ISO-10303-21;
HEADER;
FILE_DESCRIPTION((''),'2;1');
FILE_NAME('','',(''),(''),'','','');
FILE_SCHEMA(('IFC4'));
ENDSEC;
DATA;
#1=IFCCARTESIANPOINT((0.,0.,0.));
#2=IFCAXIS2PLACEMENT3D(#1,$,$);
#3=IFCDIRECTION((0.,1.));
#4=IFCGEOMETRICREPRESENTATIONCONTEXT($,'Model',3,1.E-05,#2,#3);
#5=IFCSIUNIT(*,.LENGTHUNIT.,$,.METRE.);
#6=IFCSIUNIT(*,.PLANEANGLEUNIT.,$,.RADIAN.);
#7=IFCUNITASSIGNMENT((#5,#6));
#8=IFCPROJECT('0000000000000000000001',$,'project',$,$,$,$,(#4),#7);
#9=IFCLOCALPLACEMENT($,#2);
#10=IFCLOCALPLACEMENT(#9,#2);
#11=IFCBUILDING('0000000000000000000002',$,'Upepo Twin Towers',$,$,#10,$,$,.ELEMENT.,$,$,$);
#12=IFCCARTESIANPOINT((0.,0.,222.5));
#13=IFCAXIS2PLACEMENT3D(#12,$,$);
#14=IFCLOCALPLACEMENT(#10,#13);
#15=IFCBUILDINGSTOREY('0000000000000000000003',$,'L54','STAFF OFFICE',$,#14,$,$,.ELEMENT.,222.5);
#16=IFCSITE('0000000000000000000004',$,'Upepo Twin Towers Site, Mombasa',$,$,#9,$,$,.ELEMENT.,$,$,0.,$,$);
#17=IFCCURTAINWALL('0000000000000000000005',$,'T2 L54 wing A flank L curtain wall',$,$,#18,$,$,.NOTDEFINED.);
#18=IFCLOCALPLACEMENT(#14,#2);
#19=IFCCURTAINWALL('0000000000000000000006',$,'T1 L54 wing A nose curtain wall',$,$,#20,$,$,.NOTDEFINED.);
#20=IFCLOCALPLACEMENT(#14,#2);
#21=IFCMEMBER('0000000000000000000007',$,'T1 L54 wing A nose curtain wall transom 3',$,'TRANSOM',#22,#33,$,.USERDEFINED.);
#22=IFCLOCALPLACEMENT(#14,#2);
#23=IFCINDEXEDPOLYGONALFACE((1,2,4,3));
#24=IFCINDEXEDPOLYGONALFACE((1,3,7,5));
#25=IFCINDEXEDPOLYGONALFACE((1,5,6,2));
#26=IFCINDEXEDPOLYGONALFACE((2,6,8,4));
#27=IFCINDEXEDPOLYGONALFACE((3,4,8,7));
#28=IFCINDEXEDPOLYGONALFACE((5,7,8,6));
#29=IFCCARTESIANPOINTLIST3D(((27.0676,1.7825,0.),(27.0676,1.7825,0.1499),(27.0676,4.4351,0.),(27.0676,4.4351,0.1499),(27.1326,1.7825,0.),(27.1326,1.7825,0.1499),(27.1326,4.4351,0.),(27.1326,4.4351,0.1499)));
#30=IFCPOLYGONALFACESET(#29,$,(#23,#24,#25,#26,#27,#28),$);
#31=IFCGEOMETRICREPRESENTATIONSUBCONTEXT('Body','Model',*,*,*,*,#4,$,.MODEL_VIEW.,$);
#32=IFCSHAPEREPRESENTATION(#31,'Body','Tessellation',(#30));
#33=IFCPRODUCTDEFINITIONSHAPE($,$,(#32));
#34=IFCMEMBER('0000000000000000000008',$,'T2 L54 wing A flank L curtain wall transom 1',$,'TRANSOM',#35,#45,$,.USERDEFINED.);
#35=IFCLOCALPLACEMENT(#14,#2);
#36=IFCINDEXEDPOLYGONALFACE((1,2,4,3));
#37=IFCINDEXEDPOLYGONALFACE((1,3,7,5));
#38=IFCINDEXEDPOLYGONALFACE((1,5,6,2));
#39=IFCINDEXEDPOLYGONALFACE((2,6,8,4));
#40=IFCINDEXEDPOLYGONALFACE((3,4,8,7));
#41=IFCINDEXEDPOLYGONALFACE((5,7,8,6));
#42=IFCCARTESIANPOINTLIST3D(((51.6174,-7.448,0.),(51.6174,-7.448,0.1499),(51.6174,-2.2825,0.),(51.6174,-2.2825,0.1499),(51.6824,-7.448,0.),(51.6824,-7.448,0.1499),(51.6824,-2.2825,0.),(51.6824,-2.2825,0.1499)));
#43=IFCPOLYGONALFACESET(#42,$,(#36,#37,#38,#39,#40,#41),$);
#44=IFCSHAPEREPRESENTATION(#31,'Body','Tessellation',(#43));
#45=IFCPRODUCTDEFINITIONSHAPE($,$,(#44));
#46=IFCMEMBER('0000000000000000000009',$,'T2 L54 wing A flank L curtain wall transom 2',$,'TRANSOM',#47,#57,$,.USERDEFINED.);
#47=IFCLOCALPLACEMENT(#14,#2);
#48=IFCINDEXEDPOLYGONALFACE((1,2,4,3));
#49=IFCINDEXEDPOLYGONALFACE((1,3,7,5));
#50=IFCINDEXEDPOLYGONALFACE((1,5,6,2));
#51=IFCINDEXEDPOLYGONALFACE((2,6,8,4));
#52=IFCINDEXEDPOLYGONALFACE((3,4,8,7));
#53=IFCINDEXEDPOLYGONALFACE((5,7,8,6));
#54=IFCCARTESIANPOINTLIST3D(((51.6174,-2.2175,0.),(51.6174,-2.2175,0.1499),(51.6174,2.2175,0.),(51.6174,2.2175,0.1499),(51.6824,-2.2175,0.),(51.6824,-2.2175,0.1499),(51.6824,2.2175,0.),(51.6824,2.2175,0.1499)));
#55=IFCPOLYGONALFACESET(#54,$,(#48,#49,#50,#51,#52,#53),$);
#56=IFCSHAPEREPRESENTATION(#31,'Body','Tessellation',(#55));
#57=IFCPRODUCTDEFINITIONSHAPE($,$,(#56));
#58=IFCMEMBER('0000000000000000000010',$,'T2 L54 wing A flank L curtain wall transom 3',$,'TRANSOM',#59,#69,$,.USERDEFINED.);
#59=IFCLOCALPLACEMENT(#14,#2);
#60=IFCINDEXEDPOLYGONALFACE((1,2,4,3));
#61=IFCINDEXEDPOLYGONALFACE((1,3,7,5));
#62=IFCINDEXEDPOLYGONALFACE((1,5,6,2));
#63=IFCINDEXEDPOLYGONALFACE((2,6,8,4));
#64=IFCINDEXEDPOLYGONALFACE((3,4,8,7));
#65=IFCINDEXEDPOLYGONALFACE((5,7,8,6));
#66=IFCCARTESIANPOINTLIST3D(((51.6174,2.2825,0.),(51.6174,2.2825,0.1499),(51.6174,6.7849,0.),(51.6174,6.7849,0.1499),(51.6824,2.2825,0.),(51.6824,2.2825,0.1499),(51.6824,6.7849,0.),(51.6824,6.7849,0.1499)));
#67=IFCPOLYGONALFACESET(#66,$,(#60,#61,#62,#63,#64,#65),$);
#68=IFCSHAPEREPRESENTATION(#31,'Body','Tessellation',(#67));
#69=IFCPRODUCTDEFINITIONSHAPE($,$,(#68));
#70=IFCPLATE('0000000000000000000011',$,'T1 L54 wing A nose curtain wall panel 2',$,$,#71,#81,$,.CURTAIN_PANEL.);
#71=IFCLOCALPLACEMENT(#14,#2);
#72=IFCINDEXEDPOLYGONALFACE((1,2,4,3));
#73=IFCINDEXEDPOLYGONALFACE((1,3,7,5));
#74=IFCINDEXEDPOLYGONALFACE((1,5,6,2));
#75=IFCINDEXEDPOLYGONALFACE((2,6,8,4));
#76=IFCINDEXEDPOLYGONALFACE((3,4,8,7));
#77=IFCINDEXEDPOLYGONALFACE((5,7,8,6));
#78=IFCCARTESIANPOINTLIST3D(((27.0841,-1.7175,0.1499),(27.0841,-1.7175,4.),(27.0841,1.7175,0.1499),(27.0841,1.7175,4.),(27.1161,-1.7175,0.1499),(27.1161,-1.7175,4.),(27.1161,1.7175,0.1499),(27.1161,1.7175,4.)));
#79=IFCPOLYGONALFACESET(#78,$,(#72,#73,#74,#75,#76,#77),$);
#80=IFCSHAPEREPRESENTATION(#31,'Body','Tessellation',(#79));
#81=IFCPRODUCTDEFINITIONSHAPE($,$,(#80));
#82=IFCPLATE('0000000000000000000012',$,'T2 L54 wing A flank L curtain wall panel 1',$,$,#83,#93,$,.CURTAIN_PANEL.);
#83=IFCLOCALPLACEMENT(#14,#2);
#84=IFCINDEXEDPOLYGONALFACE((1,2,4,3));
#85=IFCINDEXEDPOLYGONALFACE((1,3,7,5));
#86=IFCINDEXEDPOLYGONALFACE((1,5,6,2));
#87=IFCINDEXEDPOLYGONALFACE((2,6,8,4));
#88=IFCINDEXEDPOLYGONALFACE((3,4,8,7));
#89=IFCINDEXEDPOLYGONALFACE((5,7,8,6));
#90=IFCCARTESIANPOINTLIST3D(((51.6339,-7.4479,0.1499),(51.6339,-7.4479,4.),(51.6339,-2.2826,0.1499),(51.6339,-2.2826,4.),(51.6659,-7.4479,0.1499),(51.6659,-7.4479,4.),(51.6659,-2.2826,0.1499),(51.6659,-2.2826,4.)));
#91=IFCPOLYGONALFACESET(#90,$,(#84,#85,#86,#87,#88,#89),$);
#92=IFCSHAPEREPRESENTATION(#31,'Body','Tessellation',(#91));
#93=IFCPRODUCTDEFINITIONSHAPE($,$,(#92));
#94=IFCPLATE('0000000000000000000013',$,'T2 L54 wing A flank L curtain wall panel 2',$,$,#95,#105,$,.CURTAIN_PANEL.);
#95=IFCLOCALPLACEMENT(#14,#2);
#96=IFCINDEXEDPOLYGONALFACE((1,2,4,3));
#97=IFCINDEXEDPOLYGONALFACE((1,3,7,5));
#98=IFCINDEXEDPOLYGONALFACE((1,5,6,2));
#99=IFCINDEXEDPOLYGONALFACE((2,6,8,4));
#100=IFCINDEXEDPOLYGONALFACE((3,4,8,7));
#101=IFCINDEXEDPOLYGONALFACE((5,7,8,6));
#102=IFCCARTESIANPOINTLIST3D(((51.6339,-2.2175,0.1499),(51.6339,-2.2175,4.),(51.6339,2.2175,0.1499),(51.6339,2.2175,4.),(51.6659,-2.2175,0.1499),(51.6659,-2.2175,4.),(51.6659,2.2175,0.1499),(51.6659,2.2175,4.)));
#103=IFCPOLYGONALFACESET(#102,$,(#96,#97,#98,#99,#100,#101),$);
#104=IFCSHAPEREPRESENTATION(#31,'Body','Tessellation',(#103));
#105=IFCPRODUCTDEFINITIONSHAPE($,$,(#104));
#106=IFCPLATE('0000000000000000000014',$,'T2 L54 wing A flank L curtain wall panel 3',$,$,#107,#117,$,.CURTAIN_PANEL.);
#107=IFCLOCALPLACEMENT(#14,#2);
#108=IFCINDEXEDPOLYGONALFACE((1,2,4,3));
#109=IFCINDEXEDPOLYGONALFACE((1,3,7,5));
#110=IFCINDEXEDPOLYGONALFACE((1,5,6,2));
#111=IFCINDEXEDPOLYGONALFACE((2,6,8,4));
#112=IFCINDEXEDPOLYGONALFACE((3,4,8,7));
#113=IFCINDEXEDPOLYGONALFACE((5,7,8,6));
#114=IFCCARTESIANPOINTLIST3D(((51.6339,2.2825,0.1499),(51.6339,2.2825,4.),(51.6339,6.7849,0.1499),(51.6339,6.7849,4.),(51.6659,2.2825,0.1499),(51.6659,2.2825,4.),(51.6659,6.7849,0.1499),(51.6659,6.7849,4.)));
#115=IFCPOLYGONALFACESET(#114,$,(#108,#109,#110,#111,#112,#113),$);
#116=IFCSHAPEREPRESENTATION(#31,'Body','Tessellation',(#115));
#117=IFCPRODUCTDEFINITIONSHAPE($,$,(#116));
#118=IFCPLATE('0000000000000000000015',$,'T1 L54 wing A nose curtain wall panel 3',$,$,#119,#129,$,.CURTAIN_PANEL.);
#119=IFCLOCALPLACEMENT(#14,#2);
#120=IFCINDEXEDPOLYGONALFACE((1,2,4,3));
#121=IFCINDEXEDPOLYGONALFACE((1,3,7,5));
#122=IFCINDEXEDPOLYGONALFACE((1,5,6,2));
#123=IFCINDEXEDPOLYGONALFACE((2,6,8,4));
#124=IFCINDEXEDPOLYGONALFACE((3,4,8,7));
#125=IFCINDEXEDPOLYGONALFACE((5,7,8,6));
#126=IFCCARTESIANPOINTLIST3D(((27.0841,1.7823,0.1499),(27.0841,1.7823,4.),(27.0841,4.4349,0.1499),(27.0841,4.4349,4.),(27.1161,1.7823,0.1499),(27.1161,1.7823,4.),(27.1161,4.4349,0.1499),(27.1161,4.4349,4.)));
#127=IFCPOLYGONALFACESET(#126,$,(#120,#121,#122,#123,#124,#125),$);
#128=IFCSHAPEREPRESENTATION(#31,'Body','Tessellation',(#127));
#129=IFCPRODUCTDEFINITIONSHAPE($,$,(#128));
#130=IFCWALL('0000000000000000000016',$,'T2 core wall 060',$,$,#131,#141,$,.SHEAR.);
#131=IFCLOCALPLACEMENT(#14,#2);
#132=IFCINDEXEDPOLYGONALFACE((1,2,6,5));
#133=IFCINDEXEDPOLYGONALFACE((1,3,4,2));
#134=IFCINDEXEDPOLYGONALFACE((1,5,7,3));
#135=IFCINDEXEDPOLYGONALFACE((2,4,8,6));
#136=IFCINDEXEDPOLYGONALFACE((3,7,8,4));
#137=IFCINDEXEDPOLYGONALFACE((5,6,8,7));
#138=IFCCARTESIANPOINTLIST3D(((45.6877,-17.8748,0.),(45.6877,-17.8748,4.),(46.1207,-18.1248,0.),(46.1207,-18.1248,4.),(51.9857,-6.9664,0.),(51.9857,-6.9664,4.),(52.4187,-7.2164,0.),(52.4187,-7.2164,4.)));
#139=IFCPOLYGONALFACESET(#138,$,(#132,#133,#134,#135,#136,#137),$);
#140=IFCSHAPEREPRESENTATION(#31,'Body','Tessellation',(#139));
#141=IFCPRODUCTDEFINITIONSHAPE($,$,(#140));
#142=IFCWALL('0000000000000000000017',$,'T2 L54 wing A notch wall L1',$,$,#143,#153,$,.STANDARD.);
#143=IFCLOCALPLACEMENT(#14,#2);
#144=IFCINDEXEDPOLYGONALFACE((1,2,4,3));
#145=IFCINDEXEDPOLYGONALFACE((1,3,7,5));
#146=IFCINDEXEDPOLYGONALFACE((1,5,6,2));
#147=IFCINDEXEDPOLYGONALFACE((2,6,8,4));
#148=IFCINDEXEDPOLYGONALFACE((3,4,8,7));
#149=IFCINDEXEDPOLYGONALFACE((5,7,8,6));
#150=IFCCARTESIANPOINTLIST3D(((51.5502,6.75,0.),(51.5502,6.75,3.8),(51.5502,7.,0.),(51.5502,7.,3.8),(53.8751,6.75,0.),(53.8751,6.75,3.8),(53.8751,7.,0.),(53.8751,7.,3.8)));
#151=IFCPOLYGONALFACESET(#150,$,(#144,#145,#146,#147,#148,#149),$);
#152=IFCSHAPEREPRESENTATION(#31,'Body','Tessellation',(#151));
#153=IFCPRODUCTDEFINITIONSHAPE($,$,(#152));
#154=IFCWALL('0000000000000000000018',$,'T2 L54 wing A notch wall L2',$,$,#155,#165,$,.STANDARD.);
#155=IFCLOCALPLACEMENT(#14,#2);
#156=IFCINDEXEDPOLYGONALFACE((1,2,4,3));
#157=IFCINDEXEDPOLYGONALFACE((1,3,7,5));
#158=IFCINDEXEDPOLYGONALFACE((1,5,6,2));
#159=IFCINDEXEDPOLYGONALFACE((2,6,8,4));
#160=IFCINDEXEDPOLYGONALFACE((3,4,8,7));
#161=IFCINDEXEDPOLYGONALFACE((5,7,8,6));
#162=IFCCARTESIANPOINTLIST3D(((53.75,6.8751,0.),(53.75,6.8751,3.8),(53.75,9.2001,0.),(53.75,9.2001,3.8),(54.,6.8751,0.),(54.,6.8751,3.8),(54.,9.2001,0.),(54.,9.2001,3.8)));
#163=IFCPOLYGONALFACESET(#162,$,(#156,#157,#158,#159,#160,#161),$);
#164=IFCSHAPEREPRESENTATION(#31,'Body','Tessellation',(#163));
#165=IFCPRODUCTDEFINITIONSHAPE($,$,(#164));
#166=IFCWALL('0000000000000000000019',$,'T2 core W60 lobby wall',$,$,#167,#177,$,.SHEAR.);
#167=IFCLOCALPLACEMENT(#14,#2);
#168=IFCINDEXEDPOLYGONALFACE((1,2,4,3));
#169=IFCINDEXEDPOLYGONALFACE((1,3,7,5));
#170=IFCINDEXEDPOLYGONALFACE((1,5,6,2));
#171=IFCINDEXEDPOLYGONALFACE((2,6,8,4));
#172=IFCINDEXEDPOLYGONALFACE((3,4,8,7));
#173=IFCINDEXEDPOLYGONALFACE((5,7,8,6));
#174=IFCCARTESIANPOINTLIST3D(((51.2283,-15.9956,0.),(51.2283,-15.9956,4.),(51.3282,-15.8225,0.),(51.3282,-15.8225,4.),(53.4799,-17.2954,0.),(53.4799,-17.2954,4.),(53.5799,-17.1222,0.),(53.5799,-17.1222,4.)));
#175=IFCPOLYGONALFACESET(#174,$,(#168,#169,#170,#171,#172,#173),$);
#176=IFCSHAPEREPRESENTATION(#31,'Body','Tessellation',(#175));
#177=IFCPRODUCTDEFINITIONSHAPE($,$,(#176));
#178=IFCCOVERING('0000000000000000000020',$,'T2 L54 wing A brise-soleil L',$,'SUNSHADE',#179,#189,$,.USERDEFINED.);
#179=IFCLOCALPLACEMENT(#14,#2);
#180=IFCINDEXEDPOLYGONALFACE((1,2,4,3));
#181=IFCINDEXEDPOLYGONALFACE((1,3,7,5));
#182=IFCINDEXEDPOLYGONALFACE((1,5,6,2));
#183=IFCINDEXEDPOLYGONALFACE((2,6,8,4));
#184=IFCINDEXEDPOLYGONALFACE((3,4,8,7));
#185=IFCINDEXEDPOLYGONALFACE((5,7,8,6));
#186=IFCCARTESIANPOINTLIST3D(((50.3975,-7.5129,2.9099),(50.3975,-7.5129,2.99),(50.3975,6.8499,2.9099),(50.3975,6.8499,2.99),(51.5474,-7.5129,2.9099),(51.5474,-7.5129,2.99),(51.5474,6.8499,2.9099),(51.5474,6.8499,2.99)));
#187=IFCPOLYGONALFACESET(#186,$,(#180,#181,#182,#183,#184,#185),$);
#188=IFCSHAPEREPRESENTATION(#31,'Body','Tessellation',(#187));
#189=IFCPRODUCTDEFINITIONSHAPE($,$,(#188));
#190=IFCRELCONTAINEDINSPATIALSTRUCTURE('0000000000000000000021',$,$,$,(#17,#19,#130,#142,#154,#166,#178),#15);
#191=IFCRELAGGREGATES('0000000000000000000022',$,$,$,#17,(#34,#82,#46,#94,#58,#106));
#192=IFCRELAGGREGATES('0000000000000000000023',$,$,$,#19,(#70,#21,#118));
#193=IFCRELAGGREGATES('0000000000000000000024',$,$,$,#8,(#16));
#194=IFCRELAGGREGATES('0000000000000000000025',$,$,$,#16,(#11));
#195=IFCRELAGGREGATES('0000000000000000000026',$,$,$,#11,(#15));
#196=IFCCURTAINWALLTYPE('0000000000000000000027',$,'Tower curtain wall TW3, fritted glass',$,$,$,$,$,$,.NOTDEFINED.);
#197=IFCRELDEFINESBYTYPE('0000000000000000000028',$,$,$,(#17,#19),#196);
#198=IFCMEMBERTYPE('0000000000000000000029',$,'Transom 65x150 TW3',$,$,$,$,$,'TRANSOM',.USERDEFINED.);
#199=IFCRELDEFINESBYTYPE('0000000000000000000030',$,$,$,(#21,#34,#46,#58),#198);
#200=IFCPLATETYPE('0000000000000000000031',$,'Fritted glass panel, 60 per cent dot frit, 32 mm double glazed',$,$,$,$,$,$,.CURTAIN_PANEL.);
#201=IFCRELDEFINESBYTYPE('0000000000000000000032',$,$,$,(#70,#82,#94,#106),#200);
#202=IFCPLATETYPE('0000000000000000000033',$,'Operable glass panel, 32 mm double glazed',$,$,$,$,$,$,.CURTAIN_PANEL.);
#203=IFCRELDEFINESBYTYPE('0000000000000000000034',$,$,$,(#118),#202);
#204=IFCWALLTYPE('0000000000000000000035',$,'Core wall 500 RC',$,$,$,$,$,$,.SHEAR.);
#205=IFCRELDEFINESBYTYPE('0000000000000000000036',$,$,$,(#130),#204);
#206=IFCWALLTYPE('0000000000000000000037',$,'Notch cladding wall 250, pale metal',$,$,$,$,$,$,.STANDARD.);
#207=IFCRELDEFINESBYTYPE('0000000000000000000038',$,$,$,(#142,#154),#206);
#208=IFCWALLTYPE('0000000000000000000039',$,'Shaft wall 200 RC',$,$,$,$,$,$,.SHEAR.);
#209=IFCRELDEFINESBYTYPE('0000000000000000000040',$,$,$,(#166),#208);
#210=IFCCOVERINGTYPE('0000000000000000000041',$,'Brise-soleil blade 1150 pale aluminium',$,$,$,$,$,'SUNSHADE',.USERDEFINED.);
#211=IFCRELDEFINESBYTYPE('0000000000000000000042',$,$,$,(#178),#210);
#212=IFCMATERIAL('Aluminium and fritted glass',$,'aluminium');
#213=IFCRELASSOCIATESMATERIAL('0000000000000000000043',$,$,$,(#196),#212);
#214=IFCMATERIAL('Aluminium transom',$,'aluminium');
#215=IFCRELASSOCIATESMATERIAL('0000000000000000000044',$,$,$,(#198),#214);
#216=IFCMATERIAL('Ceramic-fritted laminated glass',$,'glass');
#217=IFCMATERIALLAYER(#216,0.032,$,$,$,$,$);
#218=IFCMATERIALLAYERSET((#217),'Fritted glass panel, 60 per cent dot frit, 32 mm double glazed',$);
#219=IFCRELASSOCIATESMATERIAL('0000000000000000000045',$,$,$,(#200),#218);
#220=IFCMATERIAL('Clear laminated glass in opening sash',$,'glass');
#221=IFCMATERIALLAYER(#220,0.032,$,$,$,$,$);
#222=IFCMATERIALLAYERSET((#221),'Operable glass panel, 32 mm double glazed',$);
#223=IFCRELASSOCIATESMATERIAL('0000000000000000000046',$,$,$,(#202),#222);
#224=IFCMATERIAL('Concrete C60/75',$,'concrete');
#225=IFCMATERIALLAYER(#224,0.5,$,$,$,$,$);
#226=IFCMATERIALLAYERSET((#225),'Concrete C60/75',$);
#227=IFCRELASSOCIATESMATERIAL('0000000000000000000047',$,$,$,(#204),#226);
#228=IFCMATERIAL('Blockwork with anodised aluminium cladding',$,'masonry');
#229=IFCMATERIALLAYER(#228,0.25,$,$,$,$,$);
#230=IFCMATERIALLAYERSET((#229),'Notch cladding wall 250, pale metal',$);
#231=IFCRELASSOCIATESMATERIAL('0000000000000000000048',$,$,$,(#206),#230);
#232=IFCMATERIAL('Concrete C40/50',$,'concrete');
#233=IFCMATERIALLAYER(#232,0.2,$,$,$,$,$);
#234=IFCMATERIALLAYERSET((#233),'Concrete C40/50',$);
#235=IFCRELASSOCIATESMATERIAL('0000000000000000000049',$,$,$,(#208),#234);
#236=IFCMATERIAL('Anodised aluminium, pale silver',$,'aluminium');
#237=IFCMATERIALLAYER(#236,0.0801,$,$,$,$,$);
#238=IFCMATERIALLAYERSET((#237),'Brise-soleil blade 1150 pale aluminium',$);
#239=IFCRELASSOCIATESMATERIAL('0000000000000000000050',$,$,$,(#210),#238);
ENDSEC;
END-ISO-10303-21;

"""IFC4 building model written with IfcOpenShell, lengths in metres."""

from ifc_helpers import new_model, si_unit, direction, frame, frame_2d, origin, origin_2d, place, context, subcontext, project, spatial, rectangle, extrude, material, layer, layer_set, material_profile, profile_set, type_object, element, aggregate, save


model = new_model("IFC4")

# Units and contexts
model_context = context("Model", 3, precision=1e-05, world=origin(), true_north=direction((0.0, 1.0)))
body_context = subcontext(model_context, "Body", "Model", "MODEL_VIEW")
ifc_project = project(units=[si_unit("LENGTHUNIT", "METRE"), si_unit("PLANEANGLEUNIT", "RADIAN")], contexts=[model_context])

# Site, building, storey
site_placement = place(None, origin())
site = spatial("IfcSite", under=ifc_project, at=site_placement, Name="Upepo Twin Towers Site, Mombasa", CompositionType="ELEMENT", RefElevation=0.0)
building_placement = place(site_placement, origin())
building = spatial("IfcBuilding", under=site, at=building_placement, Name="Upepo Twin Towers", CompositionType="ELEMENT")
storey_placement = place(building_placement, frame((0.0, 0.0, 222.5)))
storey = spatial("IfcBuildingStorey", under=building, at=storey_placement, Name="L54", Description="STAFF OFFICE", CompositionType="ELEMENT", Elevation=222.5)

# Curtain wall
ifc_material_1 = material(Name="Aluminium and fritted glass", Category="aluminium")
curtain_wall_type = type_object("IfcCurtainWallType", Name="Tower curtain wall TW3, fritted glass", PredefinedType="NOTDEFINED", material=ifc_material_1)
curtain_wall_1_placement = place(storey_placement, origin())
curtain_wall_1 = element("IfcCurtainWall", 1, at=curtain_wall_1_placement, inside=storey, type_object=curtain_wall_type, Name="T2 L54 wing A flank L curtain wall", PredefinedType="NOTDEFINED")

# Curtain wall, member
curtain_wall_2_placement = place(storey_placement, origin())
curtain_wall_2 = element("IfcCurtainWall", 2, at=curtain_wall_2_placement, inside=storey, type_object=curtain_wall_type, Name="T1 L54 wing A nose curtain wall", PredefinedType="NOTDEFINED")
ifc_material_2 = material(Name="Aluminium transom", Category="aluminium")
ifc_material_profile_1 = material_profile(ifc_material_2, rectangle(XDim=0.0649, YDim=0.1499, at=origin_2d()), Name="TRANSOM 65x150")
ifc_profile_set_1 = profile_set([ifc_material_profile_1], Name="Aluminium transom")
member_type_1 = type_object("IfcMemberType", Name="Transom 65x150 TW3", ElementType="TRANSOM", PredefinedType="USERDEFINED", material=ifc_profile_set_1)
member_1_placement = place(storey_placement, frame((27.1001, 1.7825, 0.075), z_axis=(0.0, 1.0, 0.0), x_axis=(-1.0, 0.0, 0.0)))
member_1 = element("IfcMember", 3, at=member_1_placement, type_object=member_type_1, Name="T1 L54 wing A nose curtain wall transom 3", ObjectType="TRANSOM", PredefinedType="USERDEFINED", context=body_context, shape_type="SweptSolid", body=[
    extrude(rectangle(XDim=0.0649, YDim=0.1499, at=origin_2d()), origin(), (0.0, 0.0, 1.0), 2.6526),
])

# Members
member_2_placement = place(storey_placement, frame((51.6499, -7.448, 0.075), z_axis=(0.0, 1.0, 0.0), x_axis=(-1.0, 0.0, 0.0)))
member_2 = element("IfcMember", 4, at=member_2_placement, type_object=member_type_1, Name="T2 L54 wing A flank L curtain wall transom 1", ObjectType="TRANSOM", PredefinedType="USERDEFINED", context=body_context, shape_type="SweptSolid", body=[
    extrude(rectangle(XDim=0.0649, YDim=0.1499, at=origin_2d()), origin(), (0.0, 0.0, 1.0), 5.1655),
])
member_3_placement = place(storey_placement, frame((51.6499, -2.2175, 0.075), z_axis=(0.0, 1.0, 0.0), x_axis=(-1.0, 0.0, 0.0)))
member_3 = element("IfcMember", 5, at=member_3_placement, type_object=member_type_1, Name="T2 L54 wing A flank L curtain wall transom 2", ObjectType="TRANSOM", PredefinedType="USERDEFINED", context=body_context, shape_type="SweptSolid", body=[
    extrude(rectangle(XDim=0.0649, YDim=0.1499, at=origin_2d()), origin(), (0.0, 0.0, 1.0), 4.4351),
])
member_4_placement = place(storey_placement, frame((51.6499, 2.2825, 0.075), z_axis=(0.0, 1.0, 0.0), x_axis=(-1.0, 0.0, 0.0)))
member_4 = element("IfcMember", 6, at=member_4_placement, type_object=member_type_1, Name="T2 L54 wing A flank L curtain wall transom 3", ObjectType="TRANSOM", PredefinedType="USERDEFINED", context=body_context, shape_type="SweptSolid", body=[
    extrude(rectangle(XDim=0.0649, YDim=0.1499, at=origin_2d()), origin(), (0.0, 0.0, 1.0), 4.5024),
])

# Plates
ifc_material_3 = material(Name="Ceramic-fritted laminated glass", Category="glass")
ifc_layer_1 = layer(ifc_material_3, 0.032)
ifc_layer_set_1 = layer_set([ifc_layer_1], Name="Fritted glass panel, 60 per cent dot frit, 32 mm double glazed")
plate_type_1 = type_object("IfcPlateType", Name="Fritted glass panel, 60 per cent dot frit, 32 mm double glazed", PredefinedType="CURTAIN_PANEL", material=ifc_layer_set_1)
plate_1_placement = place(storey_placement, frame((27.1001, 0.0, 0.1499), z_axis=(0.0, 0.0, 1.0), x_axis=(0.0, 1.0, 0.0)))
plate_1 = element("IfcPlate", 7, at=plate_1_placement, type_object=plate_type_1, Name="T1 L54 wing A nose curtain wall panel 2", PredefinedType="CURTAIN_PANEL", context=body_context, shape_type="SweptSolid", body=[
    extrude(rectangle(XDim=3.4351, YDim=0.032, at=origin_2d()), origin(), (0.0, 0.0, 1.0), 3.8501),
])
plate_2_placement = place(storey_placement, frame((51.6499, -4.8652, 0.1499), z_axis=(0.0, 0.0, 1.0), x_axis=(0.0, 1.0, 0.0)))
plate_2 = element("IfcPlate", 8, at=plate_2_placement, type_object=plate_type_1, Name="T2 L54 wing A flank L curtain wall panel 1", PredefinedType="CURTAIN_PANEL", context=body_context, shape_type="SweptSolid", body=[
    extrude(rectangle(XDim=5.1653, YDim=0.032, at=origin_2d()), origin(), (0.0, 0.0, 1.0), 3.8501),
])
plate_3_placement = place(storey_placement, frame((51.6499, 0.0, 0.1499), z_axis=(0.0, 0.0, 1.0), x_axis=(0.0, 1.0, 0.0)))
plate_3 = element("IfcPlate", 9, at=plate_3_placement, type_object=plate_type_1, Name="T2 L54 wing A flank L curtain wall panel 2", PredefinedType="CURTAIN_PANEL", context=body_context, shape_type="SweptSolid", body=[
    extrude(rectangle(XDim=4.4351, YDim=0.032, at=origin_2d()), origin(), (0.0, 0.0, 1.0), 3.8501),
])
plate_4_placement = place(storey_placement, frame((51.6499, 4.5337, 0.1499), z_axis=(0.0, 0.0, 1.0), x_axis=(0.0, 1.0, 0.0)))
plate_4 = element("IfcPlate", 10, at=plate_4_placement, type_object=plate_type_1, Name="T2 L54 wing A flank L curtain wall panel 3", PredefinedType="CURTAIN_PANEL", context=body_context, shape_type="SweptSolid", body=[
    extrude(rectangle(XDim=4.5024, YDim=0.032, at=origin_2d()), origin(), (0.0, 0.0, 1.0), 3.8501),
])
aggregate(curtain_wall_1, [member_2, plate_2, member_3, plate_3, member_4, plate_4])
ifc_material_4 = material(Name="Clear laminated glass in opening sash", Category="glass")
ifc_layer_2 = layer(ifc_material_4, 0.032)
ifc_layer_set_2 = layer_set([ifc_layer_2], Name="Operable glass panel, 32 mm double glazed")
plate_type_2 = type_object("IfcPlateType", Name="Operable glass panel, 32 mm double glazed", PredefinedType="CURTAIN_PANEL", material=ifc_layer_set_2)
plate_5_placement = place(storey_placement, frame((27.1001, 3.1086, 0.1499), z_axis=(0.0, 0.0, 1.0), x_axis=(0.0, 1.0, 0.0)))
plate_5 = element("IfcPlate", 11, at=plate_5_placement, type_object=plate_type_2, Name="T1 L54 wing A nose curtain wall panel 3", PredefinedType="CURTAIN_PANEL", context=body_context, shape_type="SweptSolid", body=[
    extrude(rectangle(XDim=2.6526, YDim=0.032, at=origin_2d()), origin(), (0.0, 0.0, 1.0), 3.8501),
])
aggregate(curtain_wall_2, [plate_1, member_1, plate_5])

# Walls
ifc_material_5 = material(Name="Concrete C60/75", Category="concrete")
ifc_layer_3 = layer(ifc_material_5, 0.5)
ifc_layer_set_3 = layer_set([ifc_layer_3], Name="Concrete C60/75")
wall_type_1 = type_object("IfcWallType", Name="Core wall 500 RC", PredefinedType="SHEAR", material=ifc_layer_set_3)
wall_1_placement = place(storey_placement, frame((52.2021, -7.0916, 0.0), z_axis=(0.0, 0.0, 1.0), x_axis=(-0.500006, -0.866022, 0.0)))
element("IfcWall", 12, at=wall_1_placement, inside=storey, type_object=wall_type_1, Name="T2 core wall 060", PredefinedType="SHEAR", context=body_context, shape_type="SweptSolid", body=[
    extrude(rectangle(XDim=12.5959, YDim=0.5, at=frame_2d((6.2979, 0.0))), origin(), (0.0, 0.0, 1.0), 4.0),
])
ifc_material_6 = material(Name="Blockwork with anodised aluminium cladding", Category="masonry")
ifc_layer_4 = layer(ifc_material_6, 0.25)
ifc_layer_set_4 = layer_set([ifc_layer_4], Name="Notch cladding wall 250, pale metal")
wall_type_2 = type_object("IfcWallType", Name="Notch cladding wall 250, pale metal", PredefinedType="STANDARD", material=ifc_layer_set_4)
for number, where, z_axis, x_axis, name in (
    (13, (51.55, 6.875, 0.0), (0.0, 0.0, 1.0), (1.0, 0.0, 0.0), "T2 L54 wing A notch wall L1"),
    (14, (53.875, 6.875, 0.0), (0.0, 0.0, 1.0), (0.0, 1.0, 0.0), "T2 L54 wing A notch wall L2"),
):
    element("IfcWall", number, at=place(storey_placement, frame(where, z_axis=z_axis, x_axis=x_axis)), inside=storey, type_object=wall_type_2, Name=name, PredefinedType="STANDARD", context=body_context, shape_type="SweptSolid", body=[
        extrude(rectangle(XDim=2.325, YDim=0.25, at=frame_2d((1.1626, 0.0))), origin(), (0.0, 0.0, 1.0), 3.8),
    ])
ifc_material_7 = material(Name="Concrete C40/50", Category="concrete")
ifc_layer_5 = layer(ifc_material_7, 0.2)
ifc_layer_set_5 = layer_set([ifc_layer_5], Name="Concrete C40/50")
wall_type_3 = type_object("IfcWallType", Name="Shaft wall 200 RC", PredefinedType="SHEAR", material=ifc_layer_set_5)
wall_2_placement = place(storey_placement, frame((53.5298, -17.2087, 0.0), z_axis=(0.0, 0.0, 1.0), x_axis=(-0.866062, 0.499937, 0.0)))
element("IfcWall", 15, at=wall_2_placement, inside=storey, type_object=wall_type_3, Name="T2 core W60 lobby wall", PredefinedType="SHEAR", context=body_context, shape_type="SweptSolid", body=[
    extrude(rectangle(XDim=2.5999, YDim=0.2, at=frame_2d((1.2998, 0.0))), origin(), (0.0, 0.0, 1.0), 4.0),
])

# Covering
ifc_material_8 = material(Name="Anodised aluminium, pale silver", Category="aluminium")
ifc_layer_6 = layer(ifc_material_8, 0.0801)
ifc_layer_set_6 = layer_set([ifc_layer_6], Name="Brise-soleil blade 1150 pale aluminium")
covering_type = type_object("IfcCoveringType", Name="Brise-soleil blade 1150 pale aluminium", ElementType="SUNSHADE", PredefinedType="USERDEFINED", material=ifc_layer_set_6)
covering_placement = place(storey_placement, frame((50.9724, -0.3315, 2.9099), z_axis=(0.0, 0.0, 1.0), x_axis=(0.0, 1.0, 0.0)))
element("IfcCovering", 16, at=covering_placement, inside=storey, type_object=covering_type, Name="T2 L54 wing A brise-soleil L", ObjectType="SUNSHADE", PredefinedType="USERDEFINED", context=body_context, shape_type="SweptSolid", body=[
    extrude(rectangle(XDim=14.3628, YDim=1.1499, at=origin_2d()), origin(), (0.0, 0.0, 1.0), 0.0801),
])

save(model, "model.ifc")
